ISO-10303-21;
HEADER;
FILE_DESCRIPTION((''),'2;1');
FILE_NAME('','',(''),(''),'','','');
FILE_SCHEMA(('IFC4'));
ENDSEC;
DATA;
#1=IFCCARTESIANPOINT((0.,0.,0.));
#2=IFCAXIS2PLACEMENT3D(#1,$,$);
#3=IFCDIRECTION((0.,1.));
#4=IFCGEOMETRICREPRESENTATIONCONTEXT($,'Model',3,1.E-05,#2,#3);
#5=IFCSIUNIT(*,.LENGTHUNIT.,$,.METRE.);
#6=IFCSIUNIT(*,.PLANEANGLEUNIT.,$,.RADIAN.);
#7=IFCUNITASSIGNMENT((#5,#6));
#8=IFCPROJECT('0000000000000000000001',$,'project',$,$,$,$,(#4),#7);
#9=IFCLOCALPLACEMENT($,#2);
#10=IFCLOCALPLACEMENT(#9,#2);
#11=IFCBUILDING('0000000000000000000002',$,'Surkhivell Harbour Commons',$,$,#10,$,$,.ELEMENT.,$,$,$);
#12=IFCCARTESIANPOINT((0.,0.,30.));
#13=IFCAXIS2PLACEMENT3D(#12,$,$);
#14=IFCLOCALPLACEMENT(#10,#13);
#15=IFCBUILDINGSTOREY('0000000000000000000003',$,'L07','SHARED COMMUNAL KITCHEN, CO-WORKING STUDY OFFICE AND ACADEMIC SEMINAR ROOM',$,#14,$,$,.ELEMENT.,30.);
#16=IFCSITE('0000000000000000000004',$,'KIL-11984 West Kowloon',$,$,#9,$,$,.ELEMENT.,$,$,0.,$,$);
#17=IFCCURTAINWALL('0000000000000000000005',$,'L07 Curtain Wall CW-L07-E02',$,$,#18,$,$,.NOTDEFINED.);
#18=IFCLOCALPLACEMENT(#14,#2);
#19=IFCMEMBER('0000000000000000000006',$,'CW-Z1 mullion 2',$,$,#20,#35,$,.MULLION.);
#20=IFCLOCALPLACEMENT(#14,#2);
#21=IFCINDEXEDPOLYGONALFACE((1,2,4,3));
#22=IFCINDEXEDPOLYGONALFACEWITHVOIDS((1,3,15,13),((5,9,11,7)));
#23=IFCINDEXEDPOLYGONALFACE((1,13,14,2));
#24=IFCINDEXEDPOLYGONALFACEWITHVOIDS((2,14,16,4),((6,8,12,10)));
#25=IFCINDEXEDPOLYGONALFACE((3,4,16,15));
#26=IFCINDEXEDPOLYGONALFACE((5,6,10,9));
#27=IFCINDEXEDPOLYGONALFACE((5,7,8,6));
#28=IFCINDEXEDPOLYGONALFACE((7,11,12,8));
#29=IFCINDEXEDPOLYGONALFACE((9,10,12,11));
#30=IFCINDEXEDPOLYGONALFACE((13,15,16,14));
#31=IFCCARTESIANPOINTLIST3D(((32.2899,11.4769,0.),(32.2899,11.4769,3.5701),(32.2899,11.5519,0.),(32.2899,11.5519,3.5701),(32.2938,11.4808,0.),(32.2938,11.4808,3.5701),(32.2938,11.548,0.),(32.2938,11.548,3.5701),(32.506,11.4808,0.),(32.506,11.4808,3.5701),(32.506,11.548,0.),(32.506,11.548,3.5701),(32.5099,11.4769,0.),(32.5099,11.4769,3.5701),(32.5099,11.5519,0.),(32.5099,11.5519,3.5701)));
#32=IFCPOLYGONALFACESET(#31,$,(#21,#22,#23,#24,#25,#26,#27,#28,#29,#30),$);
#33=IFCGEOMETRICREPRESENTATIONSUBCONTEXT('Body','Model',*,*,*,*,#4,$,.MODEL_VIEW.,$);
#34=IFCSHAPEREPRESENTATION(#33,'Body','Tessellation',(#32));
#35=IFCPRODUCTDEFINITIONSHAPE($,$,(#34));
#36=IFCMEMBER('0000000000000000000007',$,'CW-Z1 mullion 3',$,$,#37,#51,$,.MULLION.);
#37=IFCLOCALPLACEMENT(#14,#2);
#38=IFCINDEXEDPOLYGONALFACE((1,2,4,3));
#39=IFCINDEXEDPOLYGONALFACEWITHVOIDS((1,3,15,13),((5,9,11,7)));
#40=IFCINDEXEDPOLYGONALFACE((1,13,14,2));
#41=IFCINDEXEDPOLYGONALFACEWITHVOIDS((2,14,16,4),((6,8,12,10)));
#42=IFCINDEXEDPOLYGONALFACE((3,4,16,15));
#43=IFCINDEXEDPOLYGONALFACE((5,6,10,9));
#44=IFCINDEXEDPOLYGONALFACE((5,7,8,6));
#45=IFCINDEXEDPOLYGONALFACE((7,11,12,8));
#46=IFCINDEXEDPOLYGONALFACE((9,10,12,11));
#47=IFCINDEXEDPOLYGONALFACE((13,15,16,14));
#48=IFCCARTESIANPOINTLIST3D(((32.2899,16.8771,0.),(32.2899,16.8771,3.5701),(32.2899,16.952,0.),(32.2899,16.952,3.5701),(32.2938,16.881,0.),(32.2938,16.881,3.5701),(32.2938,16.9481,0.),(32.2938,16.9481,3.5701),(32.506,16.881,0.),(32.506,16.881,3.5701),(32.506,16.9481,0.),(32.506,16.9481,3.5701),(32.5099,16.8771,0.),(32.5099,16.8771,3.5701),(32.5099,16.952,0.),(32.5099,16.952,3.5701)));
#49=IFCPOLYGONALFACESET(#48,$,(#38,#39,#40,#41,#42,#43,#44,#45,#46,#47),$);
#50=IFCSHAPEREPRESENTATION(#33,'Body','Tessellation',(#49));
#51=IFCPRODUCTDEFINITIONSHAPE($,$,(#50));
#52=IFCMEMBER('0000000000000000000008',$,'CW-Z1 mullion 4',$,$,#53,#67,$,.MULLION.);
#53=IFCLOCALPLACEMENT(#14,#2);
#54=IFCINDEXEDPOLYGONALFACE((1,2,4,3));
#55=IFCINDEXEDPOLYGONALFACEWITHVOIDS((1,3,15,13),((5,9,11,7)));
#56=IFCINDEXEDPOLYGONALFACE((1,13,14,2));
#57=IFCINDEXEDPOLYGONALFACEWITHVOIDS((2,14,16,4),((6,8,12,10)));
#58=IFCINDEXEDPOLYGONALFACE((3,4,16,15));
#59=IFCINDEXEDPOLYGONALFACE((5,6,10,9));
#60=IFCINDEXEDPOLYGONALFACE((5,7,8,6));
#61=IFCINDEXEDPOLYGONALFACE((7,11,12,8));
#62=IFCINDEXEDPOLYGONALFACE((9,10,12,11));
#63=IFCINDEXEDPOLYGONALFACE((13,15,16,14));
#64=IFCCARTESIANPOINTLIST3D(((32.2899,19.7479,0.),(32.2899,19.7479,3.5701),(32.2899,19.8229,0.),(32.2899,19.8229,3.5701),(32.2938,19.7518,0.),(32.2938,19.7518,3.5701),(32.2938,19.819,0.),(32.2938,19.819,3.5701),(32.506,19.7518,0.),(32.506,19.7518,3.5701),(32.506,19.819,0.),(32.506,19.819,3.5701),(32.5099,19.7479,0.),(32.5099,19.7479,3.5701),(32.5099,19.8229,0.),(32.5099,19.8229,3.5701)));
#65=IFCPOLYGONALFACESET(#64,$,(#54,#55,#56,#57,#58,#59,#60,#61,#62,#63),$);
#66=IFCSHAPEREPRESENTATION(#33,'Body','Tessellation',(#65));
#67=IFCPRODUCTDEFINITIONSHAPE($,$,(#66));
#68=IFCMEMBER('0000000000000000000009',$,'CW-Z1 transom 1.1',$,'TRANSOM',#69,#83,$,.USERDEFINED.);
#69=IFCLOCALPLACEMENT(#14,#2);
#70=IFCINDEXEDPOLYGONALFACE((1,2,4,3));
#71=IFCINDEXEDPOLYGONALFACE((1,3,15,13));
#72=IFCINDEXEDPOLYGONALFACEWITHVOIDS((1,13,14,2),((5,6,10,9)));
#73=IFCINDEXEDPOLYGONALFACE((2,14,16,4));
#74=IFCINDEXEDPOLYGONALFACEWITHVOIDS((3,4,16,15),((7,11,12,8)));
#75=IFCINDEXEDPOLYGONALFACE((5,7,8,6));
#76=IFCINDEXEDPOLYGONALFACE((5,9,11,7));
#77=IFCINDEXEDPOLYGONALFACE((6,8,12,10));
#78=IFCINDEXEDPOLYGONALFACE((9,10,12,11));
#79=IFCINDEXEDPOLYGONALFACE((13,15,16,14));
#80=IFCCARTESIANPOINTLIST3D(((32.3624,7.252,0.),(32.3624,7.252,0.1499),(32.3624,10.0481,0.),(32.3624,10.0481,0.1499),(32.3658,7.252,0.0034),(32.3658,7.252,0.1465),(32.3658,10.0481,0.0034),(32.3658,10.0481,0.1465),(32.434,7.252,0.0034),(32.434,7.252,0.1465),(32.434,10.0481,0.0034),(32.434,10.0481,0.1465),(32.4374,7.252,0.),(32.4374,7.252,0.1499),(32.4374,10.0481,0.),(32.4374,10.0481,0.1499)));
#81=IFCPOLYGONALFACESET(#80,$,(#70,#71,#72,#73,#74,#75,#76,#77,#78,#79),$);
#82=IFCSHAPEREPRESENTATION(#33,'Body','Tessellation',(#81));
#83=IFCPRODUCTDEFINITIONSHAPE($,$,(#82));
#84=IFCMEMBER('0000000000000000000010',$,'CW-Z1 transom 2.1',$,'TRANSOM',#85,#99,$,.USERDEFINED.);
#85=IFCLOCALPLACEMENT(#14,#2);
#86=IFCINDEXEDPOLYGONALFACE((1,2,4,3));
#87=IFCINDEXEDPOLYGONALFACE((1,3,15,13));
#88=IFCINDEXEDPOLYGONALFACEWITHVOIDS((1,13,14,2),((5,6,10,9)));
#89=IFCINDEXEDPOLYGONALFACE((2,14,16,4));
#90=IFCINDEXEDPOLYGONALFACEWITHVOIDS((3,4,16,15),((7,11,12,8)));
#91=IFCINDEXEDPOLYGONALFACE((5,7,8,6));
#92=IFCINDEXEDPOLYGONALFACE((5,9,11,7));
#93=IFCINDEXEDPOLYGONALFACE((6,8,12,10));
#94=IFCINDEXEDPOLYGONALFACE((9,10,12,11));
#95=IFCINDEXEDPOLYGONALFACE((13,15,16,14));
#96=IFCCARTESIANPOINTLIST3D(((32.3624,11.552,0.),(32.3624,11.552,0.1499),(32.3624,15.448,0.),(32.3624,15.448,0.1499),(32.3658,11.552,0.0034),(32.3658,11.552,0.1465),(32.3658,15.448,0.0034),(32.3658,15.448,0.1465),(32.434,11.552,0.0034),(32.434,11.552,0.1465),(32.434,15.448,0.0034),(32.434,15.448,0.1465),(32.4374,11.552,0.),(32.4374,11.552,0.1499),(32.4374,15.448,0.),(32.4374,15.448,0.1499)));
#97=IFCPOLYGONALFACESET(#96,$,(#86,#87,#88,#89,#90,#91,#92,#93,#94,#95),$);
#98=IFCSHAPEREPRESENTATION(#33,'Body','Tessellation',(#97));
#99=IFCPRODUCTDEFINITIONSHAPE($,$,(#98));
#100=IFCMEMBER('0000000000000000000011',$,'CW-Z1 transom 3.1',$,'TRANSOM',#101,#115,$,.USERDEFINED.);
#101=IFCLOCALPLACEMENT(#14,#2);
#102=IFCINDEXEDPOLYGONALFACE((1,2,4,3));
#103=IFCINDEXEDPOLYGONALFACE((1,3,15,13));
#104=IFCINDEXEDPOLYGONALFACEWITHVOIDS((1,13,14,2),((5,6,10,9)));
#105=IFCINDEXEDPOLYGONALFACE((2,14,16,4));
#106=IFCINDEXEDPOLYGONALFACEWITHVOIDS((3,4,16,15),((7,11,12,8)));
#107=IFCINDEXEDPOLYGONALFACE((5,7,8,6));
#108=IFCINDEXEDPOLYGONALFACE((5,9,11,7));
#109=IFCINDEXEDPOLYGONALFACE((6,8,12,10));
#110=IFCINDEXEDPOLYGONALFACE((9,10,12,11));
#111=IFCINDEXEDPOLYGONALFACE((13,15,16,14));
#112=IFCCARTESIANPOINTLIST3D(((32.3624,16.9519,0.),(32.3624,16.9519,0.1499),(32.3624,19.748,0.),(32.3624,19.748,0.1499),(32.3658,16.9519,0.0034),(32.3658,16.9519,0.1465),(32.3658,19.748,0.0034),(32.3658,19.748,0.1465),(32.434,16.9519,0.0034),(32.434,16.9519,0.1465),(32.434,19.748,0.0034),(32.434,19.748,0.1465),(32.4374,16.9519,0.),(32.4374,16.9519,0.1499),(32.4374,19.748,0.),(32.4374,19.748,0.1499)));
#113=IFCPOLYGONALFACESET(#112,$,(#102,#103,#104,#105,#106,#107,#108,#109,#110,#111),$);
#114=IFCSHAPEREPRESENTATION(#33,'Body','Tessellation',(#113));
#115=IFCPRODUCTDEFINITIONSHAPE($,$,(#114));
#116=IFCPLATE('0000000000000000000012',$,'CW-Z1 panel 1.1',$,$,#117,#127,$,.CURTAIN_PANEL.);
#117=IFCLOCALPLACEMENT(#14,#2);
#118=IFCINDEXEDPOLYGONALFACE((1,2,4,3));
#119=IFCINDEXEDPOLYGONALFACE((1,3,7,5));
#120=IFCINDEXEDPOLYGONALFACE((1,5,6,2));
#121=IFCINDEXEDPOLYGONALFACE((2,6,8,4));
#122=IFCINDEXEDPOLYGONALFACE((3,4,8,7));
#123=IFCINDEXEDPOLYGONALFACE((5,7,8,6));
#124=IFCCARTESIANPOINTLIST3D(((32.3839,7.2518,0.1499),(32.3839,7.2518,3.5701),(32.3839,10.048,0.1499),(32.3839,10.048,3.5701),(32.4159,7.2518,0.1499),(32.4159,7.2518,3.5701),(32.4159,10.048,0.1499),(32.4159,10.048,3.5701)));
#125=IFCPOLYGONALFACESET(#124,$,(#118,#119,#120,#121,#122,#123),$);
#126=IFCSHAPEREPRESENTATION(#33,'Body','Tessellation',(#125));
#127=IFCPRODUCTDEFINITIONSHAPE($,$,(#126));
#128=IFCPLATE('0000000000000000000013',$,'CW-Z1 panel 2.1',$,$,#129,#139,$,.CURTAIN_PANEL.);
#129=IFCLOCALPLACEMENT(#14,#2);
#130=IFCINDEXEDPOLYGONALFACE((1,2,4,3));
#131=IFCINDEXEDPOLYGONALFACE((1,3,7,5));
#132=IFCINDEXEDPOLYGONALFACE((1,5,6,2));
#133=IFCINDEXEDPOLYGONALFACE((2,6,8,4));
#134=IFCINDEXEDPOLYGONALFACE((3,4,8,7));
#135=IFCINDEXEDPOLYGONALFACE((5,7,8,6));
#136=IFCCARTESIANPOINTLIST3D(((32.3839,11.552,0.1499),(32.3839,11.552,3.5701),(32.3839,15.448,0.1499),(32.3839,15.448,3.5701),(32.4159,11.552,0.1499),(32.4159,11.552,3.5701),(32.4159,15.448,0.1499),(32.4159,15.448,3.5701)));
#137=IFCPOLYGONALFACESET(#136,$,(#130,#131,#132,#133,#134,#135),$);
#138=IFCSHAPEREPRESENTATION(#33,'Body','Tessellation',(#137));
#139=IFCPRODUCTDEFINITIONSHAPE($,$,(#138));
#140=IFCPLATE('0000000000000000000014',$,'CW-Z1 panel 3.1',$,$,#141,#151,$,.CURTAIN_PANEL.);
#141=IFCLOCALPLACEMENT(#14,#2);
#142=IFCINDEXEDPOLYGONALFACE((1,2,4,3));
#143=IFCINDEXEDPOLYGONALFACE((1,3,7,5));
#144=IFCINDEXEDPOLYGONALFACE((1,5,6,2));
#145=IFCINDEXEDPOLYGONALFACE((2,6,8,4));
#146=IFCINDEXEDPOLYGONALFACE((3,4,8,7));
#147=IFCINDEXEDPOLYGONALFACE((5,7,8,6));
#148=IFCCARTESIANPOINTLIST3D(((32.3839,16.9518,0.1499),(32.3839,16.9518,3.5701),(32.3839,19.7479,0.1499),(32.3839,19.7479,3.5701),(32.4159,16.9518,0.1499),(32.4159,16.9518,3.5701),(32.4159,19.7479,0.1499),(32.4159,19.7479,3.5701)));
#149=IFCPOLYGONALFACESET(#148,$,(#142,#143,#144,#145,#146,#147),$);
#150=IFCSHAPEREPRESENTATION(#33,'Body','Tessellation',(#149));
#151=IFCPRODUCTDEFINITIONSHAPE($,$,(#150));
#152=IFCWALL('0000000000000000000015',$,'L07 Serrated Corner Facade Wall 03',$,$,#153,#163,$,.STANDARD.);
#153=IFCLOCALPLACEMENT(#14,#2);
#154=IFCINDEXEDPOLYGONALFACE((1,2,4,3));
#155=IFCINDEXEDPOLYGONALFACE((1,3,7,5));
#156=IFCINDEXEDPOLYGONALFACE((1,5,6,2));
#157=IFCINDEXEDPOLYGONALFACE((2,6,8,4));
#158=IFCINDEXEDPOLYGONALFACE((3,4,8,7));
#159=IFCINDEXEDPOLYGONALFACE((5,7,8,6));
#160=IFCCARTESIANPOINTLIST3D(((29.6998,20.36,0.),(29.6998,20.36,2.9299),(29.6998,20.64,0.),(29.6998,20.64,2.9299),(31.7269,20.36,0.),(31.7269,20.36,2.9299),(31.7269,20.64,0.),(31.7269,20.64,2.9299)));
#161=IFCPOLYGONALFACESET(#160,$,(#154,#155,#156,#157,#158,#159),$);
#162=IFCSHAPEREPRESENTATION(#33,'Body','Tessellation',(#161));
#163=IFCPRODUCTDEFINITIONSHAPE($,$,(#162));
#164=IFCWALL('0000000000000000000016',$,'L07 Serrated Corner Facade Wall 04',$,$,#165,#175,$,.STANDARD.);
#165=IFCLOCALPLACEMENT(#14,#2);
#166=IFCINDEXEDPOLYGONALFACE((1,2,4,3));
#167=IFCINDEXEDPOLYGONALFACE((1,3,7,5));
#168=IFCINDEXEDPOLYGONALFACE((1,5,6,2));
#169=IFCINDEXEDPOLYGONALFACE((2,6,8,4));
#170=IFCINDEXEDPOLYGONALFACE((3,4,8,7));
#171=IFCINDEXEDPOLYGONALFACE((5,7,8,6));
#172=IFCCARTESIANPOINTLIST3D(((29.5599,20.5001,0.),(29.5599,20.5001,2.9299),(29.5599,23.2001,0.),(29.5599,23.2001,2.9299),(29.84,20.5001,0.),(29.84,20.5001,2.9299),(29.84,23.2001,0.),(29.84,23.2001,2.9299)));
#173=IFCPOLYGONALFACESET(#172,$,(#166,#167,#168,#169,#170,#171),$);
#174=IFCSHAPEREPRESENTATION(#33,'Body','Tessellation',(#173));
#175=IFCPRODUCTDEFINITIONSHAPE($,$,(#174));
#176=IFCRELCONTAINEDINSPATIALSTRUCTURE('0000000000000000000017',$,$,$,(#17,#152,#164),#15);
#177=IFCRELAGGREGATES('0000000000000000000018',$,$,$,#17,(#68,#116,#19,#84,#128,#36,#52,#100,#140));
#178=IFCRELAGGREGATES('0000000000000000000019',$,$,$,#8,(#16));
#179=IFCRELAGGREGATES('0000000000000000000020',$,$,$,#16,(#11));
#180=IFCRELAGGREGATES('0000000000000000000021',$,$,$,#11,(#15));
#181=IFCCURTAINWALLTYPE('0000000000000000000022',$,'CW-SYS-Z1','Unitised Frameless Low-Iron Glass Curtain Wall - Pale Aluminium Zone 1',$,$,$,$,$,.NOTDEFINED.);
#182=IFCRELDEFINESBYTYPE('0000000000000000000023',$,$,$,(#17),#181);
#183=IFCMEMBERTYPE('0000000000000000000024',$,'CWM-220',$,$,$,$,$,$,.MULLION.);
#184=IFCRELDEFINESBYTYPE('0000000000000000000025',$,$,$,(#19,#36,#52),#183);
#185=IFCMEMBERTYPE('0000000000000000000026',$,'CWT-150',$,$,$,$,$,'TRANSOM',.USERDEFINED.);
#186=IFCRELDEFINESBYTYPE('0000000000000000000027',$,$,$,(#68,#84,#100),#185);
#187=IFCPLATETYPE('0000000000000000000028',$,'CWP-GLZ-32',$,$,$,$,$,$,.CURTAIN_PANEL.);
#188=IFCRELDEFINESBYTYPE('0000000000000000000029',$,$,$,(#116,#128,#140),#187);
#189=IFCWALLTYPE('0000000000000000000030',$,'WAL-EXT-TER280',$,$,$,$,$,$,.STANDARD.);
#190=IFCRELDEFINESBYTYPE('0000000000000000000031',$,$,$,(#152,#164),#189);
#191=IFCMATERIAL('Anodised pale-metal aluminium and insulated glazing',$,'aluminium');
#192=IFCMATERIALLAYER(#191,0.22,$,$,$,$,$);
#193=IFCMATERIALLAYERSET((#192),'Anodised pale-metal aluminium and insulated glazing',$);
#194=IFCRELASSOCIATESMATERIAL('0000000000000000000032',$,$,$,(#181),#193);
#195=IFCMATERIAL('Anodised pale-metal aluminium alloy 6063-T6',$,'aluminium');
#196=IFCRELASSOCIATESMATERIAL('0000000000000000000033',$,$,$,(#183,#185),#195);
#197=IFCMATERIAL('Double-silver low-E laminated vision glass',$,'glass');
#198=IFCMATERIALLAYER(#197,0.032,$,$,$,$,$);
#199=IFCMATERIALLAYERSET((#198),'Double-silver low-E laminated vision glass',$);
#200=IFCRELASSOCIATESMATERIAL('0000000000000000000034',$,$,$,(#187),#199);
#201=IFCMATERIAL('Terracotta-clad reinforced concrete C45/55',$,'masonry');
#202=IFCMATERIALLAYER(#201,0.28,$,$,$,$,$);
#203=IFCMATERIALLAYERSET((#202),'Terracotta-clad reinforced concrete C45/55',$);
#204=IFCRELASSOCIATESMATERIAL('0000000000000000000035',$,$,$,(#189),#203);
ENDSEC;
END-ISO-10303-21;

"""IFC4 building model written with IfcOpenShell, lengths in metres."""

from ifc_helpers import new_model, si_unit, direction, frame, frame_2d, origin, origin_2d, place, context, subcontext, project, spatial, rectangle, hollow_rectangle, extrude, material, layer, layer_set, material_profile, profile_set, type_object, element, aggregate, save


model = new_model("IFC4")

# Units and contexts
model_context = context("Model", 3, precision=1e-05, world=origin(), true_north=direction((0.0, 1.0)))
body_context = subcontext(model_context, "Body", "Model", "MODEL_VIEW")
ifc_project = project(units=[si_unit("LENGTHUNIT", "METRE"), si_unit("PLANEANGLEUNIT", "RADIAN")], contexts=[model_context])

# Site, building, storey
site_placement = place(None, origin())
site = spatial("IfcSite", under=ifc_project, at=site_placement, Name="KIL-11984 West Kowloon", CompositionType="ELEMENT", RefElevation=0.0)
building_placement = place(site_placement, origin())
building = spatial("IfcBuilding", under=site, at=building_placement, Name="Surkhivell Harbour Commons", CompositionType="ELEMENT")
storey_placement = place(building_placement, frame((0.0, 0.0, 30.0)))
storey = spatial("IfcBuildingStorey", under=building, at=storey_placement, Name="L07", Description="SHARED COMMUNAL KITCHEN, CO-WORKING STUDY OFFICE AND ACADEMIC SEMINAR ROOM", CompositionType="ELEMENT", Elevation=30.0)

# Shared definitions
ifc_material_1 = material(Name="Anodised pale-metal aluminium and insulated glazing", Category="aluminium")
ifc_layer_1 = layer(ifc_material_1, 0.22)
ifc_layer_set_1 = layer_set([ifc_layer_1], Name="Anodised pale-metal aluminium and insulated glazing")
curtain_wall_type = type_object("IfcCurtainWallType", Name="CW-SYS-Z1", Description="Unitised Frameless Low-Iron Glass Curtain Wall - Pale Aluminium Zone 1", PredefinedType="NOTDEFINED", material=ifc_layer_set_1)
ifc_material_2 = material(Name="Anodised pale-metal aluminium alloy 6063-T6", Category="aluminium")
ifc_material_profile_1 = material_profile(ifc_material_2, hollow_rectangle(XDim=0.075, YDim=0.22, WallThickness=0.0039, at=origin_2d()), Name="ALU-MULL-75x220")
ifc_profile_set_1 = profile_set([ifc_material_profile_1], Name="Anodised pale-metal aluminium alloy 6063-T6")
member_type_1 = type_object("IfcMemberType", Name="CWM-220", PredefinedType="MULLION", material=ifc_profile_set_1)

# Curtain wall, members, plates
curtain_wall_1_placement = place(storey_placement, origin())
curtain_wall_1 = element("IfcCurtainWall", 1, at=curtain_wall_1_placement, inside=storey, type_object=curtain_wall_type, Name="L07 Curtain Wall CW-L07-E02", PredefinedType="NOTDEFINED")
member_1_placement = place(storey_placement, frame((32.3999, 11.5144, 0.0), z_axis=(0.0, 0.0, 1.0), x_axis=(0.0, 1.0, 0.0)))
member_1 = element("IfcMember", 2, at=member_1_placement, type_object=member_type_1, Name="CW-Z1 mullion 2", PredefinedType="MULLION", context=body_context, shape_type="SweptSolid", body=[
    extrude(hollow_rectangle(XDim=0.075, YDim=0.22, WallThickness=0.0039, at=origin_2d()), origin(), (0.0, 0.0, 1.0), 3.5701),
])
member_2_placement = place(storey_placement, frame((32.3999, 16.9146, 0.0), z_axis=(0.0, 0.0, 1.0), x_axis=(0.0, 1.0, 0.0)))
member_2 = element("IfcMember", 3, at=member_2_placement, type_object=member_type_1, Name="CW-Z1 mullion 3", PredefinedType="MULLION", context=body_context, shape_type="SweptSolid", body=[
    extrude(hollow_rectangle(XDim=0.075, YDim=0.22, WallThickness=0.0039, at=origin_2d()), origin(), (0.0, 0.0, 1.0), 3.5701),
])
member_3_placement = place(storey_placement, frame((32.3999, 19.7854, 0.0), z_axis=(0.0, 0.0, 1.0), x_axis=(0.0, 1.0, 0.0)))
member_3 = element("IfcMember", 4, at=member_3_placement, type_object=member_type_1, Name="CW-Z1 mullion 4", PredefinedType="MULLION", context=body_context, shape_type="SweptSolid", body=[
    extrude(hollow_rectangle(XDim=0.075, YDim=0.22, WallThickness=0.0039, at=origin_2d()), origin(), (0.0, 0.0, 1.0), 3.5701),
])
ifc_material_profile_2 = material_profile(ifc_material_2, hollow_rectangle(XDim=0.075, YDim=0.1499, WallThickness=0.0034, at=origin_2d()), Name="ALU-TRAN-75x150")
ifc_profile_set_2 = profile_set([ifc_material_profile_2], Name="Anodised pale-metal aluminium alloy 6063-T6")
member_type_2 = type_object("IfcMemberType", Name="CWT-150", ElementType="TRANSOM", PredefinedType="USERDEFINED", material=ifc_profile_set_2)
member_4_placement = place(storey_placement, frame((32.3999, 7.252, 0.075), z_axis=(0.0, 1.0, 0.0), x_axis=(-1.0, 0.0, 0.0)))
member_4 = element("IfcMember", 5, at=member_4_placement, type_object=member_type_2, Name="CW-Z1 transom 1.1", ObjectType="TRANSOM", PredefinedType="USERDEFINED", context=body_context, shape_type="SweptSolid", body=[
    extrude(hollow_rectangle(XDim=0.075, YDim=0.1499, WallThickness=0.0034, at=origin_2d()), origin(), (0.0, 0.0, 1.0), 2.7961),
])
member_5_placement = place(storey_placement, frame((32.3999, 11.552, 0.075), z_axis=(0.0, 1.0, 0.0), x_axis=(-1.0, 0.0, 0.0)))
member_5 = element("IfcMember", 6, at=member_5_placement, type_object=member_type_2, Name="CW-Z1 transom 2.1", ObjectType="TRANSOM", PredefinedType="USERDEFINED", context=body_context, shape_type="SweptSolid", body=[
    extrude(hollow_rectangle(XDim=0.075, YDim=0.1499, WallThickness=0.0034, at=origin_2d()), origin(), (0.0, 0.0, 1.0), 3.896),
])
member_6_placement = place(storey_placement, frame((32.3999, 16.9519, 0.075), z_axis=(0.0, 1.0, 0.0), x_axis=(-1.0, 0.0, 0.0)))
member_6 = element("IfcMember", 7, at=member_6_placement, type_object=member_type_2, Name="CW-Z1 transom 3.1", ObjectType="TRANSOM", PredefinedType="USERDEFINED", context=body_context, shape_type="SweptSolid", body=[
    extrude(hollow_rectangle(XDim=0.075, YDim=0.1499, WallThickness=0.0034, at=origin_2d()), origin(), (0.0, 0.0, 1.0), 2.7961),
])
ifc_material_3 = material(Name="Double-silver low-E laminated vision glass", Category="glass")
ifc_layer_2 = layer(ifc_material_3, 0.032)
ifc_layer_set_2 = layer_set([ifc_layer_2], Name="Double-silver low-E laminated vision glass")
plate_type = type_object("IfcPlateType", Name="CWP-GLZ-32", PredefinedType="CURTAIN_PANEL", material=ifc_layer_set_2)
plate_1_placement = place(storey_placement, frame((32.3999, 7.252, 0.1499), z_axis=(0.0, 0.0, 1.0), x_axis=(0.0, 1.0, 0.0)))
plate_1 = element("IfcPlate", 8, at=plate_1_placement, type_object=plate_type, Name="CW-Z1 panel 1.1", PredefinedType="CURTAIN_PANEL", context=body_context, shape_type="SweptSolid", body=[
    extrude(rectangle(XDim=2.7961, YDim=0.032, at=frame_2d((1.3979, 0.0))), origin(), (0.0, 0.0, 1.0), 3.4202),
])
plate_2_placement = place(storey_placement, frame((32.3999, 11.552, 0.1499), z_axis=(0.0, 0.0, 1.0), x_axis=(0.0, 1.0, 0.0)))
plate_2 = element("IfcPlate", 9, at=plate_2_placement, type_object=plate_type, Name="CW-Z1 panel 2.1", PredefinedType="CURTAIN_PANEL", context=body_context, shape_type="SweptSolid", body=[
    extrude(rectangle(XDim=3.896, YDim=0.032, at=frame_2d((1.948, 0.0))), origin(), (0.0, 0.0, 1.0), 3.4202),
])
plate_3_placement = place(storey_placement, frame((32.3999, 16.9519, 0.1499), z_axis=(0.0, 0.0, 1.0), x_axis=(0.0, 1.0, 0.0)))
plate_3 = element("IfcPlate", 10, at=plate_3_placement, type_object=plate_type, Name="CW-Z1 panel 3.1", PredefinedType="CURTAIN_PANEL", context=body_context, shape_type="SweptSolid", body=[
    extrude(rectangle(XDim=2.7961, YDim=0.032, at=frame_2d((1.3979, 0.0))), origin(), (0.0, 0.0, 1.0), 3.4202),
])
aggregate(curtain_wall_1, [member_4, plate_1, member_1, member_5, plate_2, member_2, member_3, member_6, plate_3])

# Walls
ifc_material_4 = material(Name="Terracotta-clad reinforced concrete C45/55", Category="masonry")
ifc_layer_3 = layer(ifc_material_4, 0.28)
ifc_layer_set_3 = layer_set([ifc_layer_3], Name="Terracotta-clad reinforced concrete C45/55")
wall_type = type_object("IfcWallType", Name="WAL-EXT-TER280", PredefinedType="STANDARD", material=ifc_layer_set_3)
wall_1_placement = place(storey_placement, frame((31.7271, 20.5, 0.0), z_axis=(0.0, 0.0, 1.0), x_axis=(-1.0, 0.0, 0.0)))
element("IfcWall", 11, at=wall_1_placement, inside=storey, type_object=wall_type, Name="L07 Serrated Corner Facade Wall 03", PredefinedType="STANDARD", context=body_context, shape_type="SweptSolid", body=[
    extrude(rectangle(XDim=2.0271, YDim=0.28, at=frame_2d((1.0137, 0.0))), origin(), (0.0, 0.0, 1.0), 2.9299),
])
wall_2_placement = place(storey_placement, frame((29.7, 20.5, 0.0), z_axis=(0.0, 0.0, 1.0), x_axis=(0.0, 1.0, 0.0)))
element("IfcWall", 12, at=wall_2_placement, inside=storey, type_object=wall_type, Name="L07 Serrated Corner Facade Wall 04", PredefinedType="STANDARD", context=body_context, shape_type="SweptSolid", body=[
    extrude(rectangle(XDim=2.7, YDim=0.28, at=frame_2d((1.3501, 0.0))), origin(), (0.0, 0.0, 1.0), 2.9299),
])

save(model, "model.ifc")
